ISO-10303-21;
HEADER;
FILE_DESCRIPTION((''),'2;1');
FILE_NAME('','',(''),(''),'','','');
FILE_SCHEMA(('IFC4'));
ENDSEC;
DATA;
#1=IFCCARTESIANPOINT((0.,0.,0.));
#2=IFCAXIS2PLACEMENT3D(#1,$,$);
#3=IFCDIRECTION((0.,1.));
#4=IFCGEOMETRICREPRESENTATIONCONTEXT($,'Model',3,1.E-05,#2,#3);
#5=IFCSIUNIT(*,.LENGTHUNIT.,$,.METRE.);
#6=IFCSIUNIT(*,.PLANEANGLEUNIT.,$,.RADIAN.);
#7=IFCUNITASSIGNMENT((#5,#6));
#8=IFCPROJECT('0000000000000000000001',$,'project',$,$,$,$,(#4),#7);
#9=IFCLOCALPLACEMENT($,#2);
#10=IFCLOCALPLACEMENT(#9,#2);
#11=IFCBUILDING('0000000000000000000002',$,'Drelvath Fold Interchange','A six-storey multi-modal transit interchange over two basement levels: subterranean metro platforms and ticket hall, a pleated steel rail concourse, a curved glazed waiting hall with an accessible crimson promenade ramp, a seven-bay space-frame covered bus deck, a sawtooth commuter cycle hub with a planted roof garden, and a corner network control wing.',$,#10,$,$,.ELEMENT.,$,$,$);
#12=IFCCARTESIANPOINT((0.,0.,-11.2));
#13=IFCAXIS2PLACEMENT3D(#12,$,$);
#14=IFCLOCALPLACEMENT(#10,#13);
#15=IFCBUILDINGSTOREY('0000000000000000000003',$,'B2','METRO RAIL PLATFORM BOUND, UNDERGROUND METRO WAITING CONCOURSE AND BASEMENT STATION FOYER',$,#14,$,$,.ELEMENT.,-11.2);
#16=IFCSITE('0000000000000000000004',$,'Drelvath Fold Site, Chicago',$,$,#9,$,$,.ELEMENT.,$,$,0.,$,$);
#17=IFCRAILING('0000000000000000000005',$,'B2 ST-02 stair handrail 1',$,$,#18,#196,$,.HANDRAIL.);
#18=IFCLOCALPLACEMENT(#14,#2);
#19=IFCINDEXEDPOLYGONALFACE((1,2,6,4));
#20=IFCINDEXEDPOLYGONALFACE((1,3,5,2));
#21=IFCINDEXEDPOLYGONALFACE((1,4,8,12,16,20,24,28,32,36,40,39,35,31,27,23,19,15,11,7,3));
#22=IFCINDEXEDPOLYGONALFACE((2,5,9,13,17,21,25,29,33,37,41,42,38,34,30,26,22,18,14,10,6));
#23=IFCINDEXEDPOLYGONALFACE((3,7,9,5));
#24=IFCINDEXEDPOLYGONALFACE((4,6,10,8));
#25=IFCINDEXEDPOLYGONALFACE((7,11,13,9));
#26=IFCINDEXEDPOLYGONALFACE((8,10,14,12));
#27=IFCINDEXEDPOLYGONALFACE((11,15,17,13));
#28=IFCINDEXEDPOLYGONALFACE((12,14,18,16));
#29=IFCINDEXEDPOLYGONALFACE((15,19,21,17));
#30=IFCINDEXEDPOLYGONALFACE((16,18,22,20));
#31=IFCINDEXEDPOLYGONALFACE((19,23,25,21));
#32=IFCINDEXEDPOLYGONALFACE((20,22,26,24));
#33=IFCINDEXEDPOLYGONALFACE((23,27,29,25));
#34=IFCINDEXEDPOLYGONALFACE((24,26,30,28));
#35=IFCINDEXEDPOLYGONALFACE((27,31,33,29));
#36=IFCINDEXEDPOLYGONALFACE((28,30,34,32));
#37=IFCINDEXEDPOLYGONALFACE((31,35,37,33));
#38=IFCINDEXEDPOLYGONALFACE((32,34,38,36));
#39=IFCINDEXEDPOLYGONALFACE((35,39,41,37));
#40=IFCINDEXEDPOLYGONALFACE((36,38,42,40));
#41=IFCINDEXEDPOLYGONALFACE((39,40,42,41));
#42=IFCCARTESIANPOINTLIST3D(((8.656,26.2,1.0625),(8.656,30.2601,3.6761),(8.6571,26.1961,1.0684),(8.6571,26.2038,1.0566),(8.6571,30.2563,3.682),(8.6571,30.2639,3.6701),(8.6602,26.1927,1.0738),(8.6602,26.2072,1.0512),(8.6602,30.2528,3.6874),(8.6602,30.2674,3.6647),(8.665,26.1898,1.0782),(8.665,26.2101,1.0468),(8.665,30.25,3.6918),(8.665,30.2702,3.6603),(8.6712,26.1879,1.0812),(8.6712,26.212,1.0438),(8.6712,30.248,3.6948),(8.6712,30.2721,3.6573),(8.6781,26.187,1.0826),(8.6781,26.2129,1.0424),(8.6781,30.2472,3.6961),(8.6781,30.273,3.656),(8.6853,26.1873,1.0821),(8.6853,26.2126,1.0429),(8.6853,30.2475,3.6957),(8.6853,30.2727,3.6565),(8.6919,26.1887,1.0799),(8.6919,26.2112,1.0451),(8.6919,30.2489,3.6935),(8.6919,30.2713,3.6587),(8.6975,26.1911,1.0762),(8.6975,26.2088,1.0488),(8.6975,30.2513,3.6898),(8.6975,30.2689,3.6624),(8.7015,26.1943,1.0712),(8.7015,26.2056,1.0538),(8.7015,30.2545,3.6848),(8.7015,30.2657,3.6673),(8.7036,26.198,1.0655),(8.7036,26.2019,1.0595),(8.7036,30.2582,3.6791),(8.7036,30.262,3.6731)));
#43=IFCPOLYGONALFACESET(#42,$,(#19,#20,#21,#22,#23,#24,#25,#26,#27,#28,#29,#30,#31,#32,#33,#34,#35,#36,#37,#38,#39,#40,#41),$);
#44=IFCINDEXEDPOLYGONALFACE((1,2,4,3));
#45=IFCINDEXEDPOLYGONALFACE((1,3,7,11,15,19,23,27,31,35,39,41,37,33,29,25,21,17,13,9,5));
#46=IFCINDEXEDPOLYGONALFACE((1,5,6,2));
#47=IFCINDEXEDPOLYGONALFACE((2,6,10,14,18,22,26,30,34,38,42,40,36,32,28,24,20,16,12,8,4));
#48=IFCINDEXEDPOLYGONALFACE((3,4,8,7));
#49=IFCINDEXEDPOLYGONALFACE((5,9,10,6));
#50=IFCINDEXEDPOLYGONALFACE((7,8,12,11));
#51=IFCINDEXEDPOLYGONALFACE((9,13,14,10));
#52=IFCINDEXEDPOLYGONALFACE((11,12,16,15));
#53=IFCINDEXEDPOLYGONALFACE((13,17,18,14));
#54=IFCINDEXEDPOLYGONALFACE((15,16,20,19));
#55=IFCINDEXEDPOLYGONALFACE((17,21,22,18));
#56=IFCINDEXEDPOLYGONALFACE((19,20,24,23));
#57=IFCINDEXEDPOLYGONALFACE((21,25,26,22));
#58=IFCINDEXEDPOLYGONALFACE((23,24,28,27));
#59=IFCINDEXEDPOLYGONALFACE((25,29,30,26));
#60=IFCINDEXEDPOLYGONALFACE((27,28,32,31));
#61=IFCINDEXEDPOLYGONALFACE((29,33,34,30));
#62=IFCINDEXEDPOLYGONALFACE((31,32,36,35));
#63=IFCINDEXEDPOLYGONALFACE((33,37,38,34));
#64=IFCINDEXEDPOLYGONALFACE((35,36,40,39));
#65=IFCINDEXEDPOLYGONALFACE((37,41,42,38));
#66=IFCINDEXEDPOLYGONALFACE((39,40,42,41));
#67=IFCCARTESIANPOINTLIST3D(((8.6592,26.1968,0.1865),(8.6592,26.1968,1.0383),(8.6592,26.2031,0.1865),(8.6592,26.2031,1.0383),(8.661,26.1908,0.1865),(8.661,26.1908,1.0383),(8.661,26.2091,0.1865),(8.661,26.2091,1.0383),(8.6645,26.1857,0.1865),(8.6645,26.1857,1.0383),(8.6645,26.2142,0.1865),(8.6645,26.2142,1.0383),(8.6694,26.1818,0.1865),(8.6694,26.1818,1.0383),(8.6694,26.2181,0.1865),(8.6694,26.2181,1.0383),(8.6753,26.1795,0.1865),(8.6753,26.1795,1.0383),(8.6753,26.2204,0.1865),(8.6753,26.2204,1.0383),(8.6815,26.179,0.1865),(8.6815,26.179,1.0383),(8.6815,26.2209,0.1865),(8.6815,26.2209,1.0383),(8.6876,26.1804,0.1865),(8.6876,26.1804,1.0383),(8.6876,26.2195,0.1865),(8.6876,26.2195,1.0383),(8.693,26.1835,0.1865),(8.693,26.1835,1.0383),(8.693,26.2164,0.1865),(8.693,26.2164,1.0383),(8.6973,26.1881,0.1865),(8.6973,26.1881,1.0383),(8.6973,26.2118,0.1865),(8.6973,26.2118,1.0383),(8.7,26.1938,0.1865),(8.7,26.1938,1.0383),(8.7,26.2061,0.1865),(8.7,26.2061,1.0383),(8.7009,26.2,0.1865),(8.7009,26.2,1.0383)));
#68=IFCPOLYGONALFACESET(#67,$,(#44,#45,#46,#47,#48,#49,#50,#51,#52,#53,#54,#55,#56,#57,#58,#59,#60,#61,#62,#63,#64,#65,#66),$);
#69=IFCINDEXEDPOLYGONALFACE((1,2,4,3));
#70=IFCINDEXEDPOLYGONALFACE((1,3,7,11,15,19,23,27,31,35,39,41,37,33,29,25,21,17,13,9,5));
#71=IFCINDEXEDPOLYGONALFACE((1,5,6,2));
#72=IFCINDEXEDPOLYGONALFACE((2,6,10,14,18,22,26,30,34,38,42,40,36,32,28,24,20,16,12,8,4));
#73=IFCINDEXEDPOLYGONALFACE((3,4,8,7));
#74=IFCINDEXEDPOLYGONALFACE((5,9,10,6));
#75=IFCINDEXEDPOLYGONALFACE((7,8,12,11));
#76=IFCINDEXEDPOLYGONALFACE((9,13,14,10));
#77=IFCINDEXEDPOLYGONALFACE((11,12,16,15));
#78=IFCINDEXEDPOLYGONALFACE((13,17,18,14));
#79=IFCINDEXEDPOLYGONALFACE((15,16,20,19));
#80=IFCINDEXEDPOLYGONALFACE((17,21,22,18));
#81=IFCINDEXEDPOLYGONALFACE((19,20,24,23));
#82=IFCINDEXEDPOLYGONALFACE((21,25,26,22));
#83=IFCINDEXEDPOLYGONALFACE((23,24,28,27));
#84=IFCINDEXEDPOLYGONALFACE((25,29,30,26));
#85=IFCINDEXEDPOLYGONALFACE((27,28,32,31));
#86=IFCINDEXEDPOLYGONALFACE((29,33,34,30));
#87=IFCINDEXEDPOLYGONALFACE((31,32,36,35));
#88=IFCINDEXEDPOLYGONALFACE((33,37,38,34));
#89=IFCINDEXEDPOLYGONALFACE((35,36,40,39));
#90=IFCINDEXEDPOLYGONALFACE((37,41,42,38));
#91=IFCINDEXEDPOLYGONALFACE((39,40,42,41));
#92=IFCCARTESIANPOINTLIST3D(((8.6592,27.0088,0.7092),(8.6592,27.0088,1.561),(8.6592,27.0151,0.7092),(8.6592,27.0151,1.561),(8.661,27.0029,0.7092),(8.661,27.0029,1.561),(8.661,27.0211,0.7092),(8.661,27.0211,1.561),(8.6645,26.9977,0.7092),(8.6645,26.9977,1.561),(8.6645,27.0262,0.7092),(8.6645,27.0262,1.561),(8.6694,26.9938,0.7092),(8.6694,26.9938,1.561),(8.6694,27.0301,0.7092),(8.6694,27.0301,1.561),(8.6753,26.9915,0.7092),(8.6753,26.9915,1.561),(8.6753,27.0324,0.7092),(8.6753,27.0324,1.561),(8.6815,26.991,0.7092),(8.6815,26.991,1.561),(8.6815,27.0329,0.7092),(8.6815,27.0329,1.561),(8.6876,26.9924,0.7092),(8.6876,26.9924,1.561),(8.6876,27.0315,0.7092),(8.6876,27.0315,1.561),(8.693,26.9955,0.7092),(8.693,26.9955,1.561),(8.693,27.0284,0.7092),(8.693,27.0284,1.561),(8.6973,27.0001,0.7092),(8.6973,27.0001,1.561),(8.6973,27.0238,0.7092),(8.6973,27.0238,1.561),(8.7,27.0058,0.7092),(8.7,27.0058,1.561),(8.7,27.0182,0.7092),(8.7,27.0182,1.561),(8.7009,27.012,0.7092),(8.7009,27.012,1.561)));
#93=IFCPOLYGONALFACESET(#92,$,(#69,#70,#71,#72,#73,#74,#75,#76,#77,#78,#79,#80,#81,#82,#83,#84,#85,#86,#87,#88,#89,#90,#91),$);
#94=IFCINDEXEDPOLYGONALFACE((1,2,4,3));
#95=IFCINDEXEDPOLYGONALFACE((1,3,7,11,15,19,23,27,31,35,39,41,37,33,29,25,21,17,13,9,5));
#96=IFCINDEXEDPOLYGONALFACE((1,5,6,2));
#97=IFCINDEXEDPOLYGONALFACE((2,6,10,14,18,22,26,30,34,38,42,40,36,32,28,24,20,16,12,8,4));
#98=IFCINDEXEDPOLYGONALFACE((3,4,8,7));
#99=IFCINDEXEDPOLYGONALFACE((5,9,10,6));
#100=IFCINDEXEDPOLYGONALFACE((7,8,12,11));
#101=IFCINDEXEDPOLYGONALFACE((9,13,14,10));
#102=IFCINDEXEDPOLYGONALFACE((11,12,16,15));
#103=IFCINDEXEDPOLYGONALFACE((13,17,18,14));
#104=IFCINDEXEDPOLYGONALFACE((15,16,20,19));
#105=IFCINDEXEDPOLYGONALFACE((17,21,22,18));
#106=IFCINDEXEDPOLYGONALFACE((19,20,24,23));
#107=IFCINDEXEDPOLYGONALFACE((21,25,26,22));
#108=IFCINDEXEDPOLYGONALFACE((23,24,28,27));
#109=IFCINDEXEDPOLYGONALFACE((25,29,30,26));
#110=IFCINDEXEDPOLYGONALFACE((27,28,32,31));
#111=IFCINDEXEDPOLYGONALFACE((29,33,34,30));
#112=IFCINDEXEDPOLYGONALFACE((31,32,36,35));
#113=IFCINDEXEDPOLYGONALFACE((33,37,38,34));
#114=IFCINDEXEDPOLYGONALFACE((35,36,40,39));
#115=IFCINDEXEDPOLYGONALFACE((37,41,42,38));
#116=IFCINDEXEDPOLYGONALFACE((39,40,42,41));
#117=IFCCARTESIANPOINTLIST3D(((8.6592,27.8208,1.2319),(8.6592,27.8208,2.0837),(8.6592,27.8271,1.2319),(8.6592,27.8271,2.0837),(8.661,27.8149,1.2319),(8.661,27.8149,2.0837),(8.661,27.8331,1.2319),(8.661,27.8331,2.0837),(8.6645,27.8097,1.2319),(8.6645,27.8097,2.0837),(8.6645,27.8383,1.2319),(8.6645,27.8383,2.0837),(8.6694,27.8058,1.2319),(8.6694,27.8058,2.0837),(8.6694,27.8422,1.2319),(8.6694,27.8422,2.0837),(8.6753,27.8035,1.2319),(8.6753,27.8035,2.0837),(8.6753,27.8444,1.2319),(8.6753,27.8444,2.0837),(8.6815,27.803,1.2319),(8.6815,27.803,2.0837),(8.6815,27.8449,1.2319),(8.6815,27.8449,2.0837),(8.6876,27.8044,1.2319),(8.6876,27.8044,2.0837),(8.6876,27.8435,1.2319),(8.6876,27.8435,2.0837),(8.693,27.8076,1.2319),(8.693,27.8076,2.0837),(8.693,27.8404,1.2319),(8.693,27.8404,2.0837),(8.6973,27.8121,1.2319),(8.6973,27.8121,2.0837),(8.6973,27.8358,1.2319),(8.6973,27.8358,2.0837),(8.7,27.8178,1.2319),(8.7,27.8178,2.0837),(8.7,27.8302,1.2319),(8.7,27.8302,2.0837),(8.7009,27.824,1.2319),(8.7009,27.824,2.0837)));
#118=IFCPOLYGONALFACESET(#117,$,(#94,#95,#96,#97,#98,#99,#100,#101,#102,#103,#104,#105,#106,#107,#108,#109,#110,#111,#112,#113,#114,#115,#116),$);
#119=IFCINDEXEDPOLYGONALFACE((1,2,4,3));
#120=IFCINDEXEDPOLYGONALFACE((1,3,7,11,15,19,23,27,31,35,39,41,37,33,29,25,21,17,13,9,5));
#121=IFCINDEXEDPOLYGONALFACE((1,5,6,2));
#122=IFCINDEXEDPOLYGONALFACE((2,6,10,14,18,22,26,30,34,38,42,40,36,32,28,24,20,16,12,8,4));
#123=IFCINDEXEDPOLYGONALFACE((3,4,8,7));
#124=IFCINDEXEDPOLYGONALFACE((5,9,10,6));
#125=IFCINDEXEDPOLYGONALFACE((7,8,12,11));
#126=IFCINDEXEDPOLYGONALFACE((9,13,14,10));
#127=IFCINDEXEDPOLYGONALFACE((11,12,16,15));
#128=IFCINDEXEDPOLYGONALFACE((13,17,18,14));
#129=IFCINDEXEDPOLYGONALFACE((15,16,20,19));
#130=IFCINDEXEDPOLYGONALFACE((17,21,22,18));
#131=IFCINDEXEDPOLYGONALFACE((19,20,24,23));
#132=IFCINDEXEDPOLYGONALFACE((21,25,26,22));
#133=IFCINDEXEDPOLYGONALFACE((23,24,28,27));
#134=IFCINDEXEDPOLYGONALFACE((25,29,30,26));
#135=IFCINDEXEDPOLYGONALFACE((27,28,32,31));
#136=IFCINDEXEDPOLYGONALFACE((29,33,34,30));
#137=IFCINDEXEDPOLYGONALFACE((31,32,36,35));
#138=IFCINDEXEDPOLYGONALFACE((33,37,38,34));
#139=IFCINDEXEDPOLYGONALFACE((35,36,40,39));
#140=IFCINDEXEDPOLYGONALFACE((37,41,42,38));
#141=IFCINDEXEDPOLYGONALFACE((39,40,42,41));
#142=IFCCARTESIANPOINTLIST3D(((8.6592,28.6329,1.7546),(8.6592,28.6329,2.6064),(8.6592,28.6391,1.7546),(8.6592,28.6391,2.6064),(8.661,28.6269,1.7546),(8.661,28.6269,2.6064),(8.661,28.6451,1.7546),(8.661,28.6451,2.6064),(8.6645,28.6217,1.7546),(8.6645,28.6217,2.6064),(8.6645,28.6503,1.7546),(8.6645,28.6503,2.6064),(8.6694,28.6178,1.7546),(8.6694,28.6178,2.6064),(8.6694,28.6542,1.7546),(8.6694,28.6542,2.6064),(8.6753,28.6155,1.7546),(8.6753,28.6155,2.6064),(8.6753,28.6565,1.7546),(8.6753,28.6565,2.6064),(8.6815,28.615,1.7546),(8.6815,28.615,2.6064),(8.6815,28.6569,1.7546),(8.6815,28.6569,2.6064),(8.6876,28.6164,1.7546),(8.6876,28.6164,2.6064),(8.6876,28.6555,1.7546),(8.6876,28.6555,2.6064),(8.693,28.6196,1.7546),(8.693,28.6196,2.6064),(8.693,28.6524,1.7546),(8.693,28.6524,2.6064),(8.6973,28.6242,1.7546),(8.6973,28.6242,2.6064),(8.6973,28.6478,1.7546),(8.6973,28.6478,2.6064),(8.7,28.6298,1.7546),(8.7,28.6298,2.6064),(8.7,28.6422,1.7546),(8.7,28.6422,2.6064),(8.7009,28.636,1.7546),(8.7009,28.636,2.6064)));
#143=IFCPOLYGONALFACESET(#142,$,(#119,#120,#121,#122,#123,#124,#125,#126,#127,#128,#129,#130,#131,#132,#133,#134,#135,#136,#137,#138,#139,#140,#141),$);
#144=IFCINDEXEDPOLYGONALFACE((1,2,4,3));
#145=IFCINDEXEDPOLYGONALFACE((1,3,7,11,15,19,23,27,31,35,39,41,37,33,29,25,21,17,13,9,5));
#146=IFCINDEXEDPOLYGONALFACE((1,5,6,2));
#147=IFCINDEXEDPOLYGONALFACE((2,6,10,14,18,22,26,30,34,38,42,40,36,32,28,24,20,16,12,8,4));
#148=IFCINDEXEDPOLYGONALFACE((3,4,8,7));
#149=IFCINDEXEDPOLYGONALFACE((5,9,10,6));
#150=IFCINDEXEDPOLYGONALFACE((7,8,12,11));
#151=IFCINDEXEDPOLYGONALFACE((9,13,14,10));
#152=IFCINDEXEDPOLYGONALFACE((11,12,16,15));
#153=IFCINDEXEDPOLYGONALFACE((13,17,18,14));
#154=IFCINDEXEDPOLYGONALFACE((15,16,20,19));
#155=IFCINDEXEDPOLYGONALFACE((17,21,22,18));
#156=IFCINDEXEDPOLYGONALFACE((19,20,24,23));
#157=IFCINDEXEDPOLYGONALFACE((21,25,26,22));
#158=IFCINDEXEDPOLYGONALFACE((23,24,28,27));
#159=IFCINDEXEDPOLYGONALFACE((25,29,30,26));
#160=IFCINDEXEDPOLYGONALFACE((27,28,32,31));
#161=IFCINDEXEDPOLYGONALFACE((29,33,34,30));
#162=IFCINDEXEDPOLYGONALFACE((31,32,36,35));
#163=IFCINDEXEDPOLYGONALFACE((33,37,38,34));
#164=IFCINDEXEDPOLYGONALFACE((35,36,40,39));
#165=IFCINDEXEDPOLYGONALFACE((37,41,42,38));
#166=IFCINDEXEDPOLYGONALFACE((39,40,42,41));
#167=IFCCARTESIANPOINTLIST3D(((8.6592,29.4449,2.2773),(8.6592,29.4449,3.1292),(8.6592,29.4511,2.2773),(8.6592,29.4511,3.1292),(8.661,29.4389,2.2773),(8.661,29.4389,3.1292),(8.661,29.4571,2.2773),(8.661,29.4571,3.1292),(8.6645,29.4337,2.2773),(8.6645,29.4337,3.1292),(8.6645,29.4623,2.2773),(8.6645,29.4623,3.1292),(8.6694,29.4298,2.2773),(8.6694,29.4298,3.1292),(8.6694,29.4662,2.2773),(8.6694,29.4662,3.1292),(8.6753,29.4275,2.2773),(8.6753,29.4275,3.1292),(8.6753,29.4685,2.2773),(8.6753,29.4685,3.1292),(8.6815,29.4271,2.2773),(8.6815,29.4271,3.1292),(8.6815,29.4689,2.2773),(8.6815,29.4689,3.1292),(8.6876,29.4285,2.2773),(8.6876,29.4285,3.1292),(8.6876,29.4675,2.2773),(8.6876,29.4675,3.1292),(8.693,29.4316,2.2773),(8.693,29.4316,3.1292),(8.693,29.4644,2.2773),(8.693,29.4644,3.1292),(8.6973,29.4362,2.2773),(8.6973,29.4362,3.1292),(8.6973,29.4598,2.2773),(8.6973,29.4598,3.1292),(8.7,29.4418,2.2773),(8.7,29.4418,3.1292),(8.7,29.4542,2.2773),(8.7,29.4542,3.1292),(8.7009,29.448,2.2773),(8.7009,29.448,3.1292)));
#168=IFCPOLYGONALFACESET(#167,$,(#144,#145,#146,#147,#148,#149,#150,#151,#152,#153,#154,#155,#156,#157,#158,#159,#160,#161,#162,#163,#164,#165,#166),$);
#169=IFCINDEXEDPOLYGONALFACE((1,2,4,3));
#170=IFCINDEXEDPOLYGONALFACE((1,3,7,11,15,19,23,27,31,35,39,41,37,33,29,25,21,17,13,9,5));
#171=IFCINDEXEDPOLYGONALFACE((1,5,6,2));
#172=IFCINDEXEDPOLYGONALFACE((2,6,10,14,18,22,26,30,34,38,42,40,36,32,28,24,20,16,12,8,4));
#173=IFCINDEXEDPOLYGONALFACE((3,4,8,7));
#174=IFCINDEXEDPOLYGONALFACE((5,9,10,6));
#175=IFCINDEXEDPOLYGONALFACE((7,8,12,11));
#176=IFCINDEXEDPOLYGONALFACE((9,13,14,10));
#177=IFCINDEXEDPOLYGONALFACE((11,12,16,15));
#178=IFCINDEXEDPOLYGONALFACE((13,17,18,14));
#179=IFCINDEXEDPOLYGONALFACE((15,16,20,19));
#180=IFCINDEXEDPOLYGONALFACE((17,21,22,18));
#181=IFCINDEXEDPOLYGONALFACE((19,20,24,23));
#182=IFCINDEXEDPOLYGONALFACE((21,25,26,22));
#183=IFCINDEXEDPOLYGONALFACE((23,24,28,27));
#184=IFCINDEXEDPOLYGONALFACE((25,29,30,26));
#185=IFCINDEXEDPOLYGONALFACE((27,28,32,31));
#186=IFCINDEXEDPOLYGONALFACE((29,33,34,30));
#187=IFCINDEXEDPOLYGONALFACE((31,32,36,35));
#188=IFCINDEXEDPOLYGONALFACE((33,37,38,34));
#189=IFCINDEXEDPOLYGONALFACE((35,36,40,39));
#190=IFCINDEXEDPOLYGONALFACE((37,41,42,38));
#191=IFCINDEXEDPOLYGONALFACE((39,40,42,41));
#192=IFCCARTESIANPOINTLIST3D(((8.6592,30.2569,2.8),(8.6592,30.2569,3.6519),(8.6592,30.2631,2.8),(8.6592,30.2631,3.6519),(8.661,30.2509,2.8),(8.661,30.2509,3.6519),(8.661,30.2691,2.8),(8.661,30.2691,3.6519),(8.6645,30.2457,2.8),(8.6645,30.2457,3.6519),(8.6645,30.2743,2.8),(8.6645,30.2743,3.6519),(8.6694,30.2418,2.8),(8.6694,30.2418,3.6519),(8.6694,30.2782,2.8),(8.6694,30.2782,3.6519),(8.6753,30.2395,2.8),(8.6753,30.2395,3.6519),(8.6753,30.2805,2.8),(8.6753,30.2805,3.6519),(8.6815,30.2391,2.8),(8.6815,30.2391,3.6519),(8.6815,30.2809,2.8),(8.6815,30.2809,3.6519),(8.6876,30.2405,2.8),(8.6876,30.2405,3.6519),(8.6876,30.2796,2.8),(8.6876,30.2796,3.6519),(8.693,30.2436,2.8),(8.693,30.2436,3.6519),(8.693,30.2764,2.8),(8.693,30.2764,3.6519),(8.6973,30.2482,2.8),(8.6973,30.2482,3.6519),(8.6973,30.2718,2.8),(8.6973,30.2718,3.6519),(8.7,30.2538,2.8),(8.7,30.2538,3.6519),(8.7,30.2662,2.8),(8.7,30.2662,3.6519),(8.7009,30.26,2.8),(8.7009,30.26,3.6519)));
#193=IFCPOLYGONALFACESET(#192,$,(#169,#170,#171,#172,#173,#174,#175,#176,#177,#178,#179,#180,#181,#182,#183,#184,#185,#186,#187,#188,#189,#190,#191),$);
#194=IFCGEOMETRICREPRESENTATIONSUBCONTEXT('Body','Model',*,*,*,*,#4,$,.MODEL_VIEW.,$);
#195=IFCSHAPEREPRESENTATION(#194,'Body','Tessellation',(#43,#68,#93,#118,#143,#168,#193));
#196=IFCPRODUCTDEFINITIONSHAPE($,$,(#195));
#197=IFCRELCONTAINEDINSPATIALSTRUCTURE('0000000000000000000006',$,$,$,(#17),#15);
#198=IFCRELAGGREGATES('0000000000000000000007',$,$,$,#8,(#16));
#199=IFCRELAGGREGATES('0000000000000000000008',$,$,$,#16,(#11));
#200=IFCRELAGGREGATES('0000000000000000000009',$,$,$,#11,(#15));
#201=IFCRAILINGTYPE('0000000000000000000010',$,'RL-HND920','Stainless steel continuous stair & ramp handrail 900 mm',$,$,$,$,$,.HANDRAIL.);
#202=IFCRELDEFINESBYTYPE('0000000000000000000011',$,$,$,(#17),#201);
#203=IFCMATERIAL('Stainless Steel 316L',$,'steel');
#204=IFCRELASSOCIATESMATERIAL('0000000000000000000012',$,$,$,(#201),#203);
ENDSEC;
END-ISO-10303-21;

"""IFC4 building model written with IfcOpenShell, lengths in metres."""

from ifc_helpers import new_model, si_unit, direction, frame, origin, origin_2d, place, context, subcontext, project, spatial, circle, extrude, material, type_object, element, save


model = new_model("IFC4")

# Units and contexts
model_context = context("Model", 3, precision=1e-05, world=origin(), true_north=direction((0.0, 1.0)))
body_context = subcontext(model_context, "Body", "Model", "MODEL_VIEW")
ifc_project = project(units=[si_unit("LENGTHUNIT", "METRE"), si_unit("PLANEANGLEUNIT", "RADIAN")], contexts=[model_context])

# Site, building, storey
site_placement = place(None, origin())
site = spatial("IfcSite", under=ifc_project, at=site_placement, Name="Drelvath Fold Site, Chicago", CompositionType="ELEMENT", RefElevation=0.0)
building_placement = place(site_placement, origin())
building = spatial("IfcBuilding", under=site, at=building_placement, Name="Drelvath Fold Interchange", Description="A six-storey multi-modal transit interchange over two basement levels: subterranean metro platforms and ticket hall, a pleated steel rail concourse, a curved glazed waiting hall with an accessible crimson promenade ramp, a seven-bay space-frame covered bus deck, a sawtooth commuter cycle hub with a planted roof garden, and a corner network control wing.", CompositionType="ELEMENT")
storey_placement = place(building_placement, frame((0.0, 0.0, -11.2)))
storey = spatial("IfcBuildingStorey", under=building, at=storey_placement, Name="B2", Description="METRO RAIL PLATFORM BOUND, UNDERGROUND METRO WAITING CONCOURSE AND BASEMENT STATION FOYER", CompositionType="ELEMENT", Elevation=-11.2)

# Railing
ifc_material_1 = material(Name="Stainless Steel 316L", Category="steel")
railing_type_1 = type_object("IfcRailingType", Name="RL-HND920", Description="Stainless steel continuous stair & ramp handrail 900 mm", PredefinedType="HANDRAIL", material=ifc_material_1)
railing_1_placement = place(storey_placement, frame((8.6799, 26.2, 0.1865)))
element("IfcRailing", 1, at=railing_1_placement, inside=storey, type_object=railing_type_1, Name="B2 ST-02 stair handrail 1", PredefinedType="HANDRAIL", context=body_context, shape_type="SweptSolid", body=[
    extrude(circle(Radius=0.0239, at=origin_2d()), frame((0.0, 0.0, 0.876), z_axis=(0.0, 0.84085, 0.541269), x_axis=(-1.0, 0.0, 0.0)), (0.0, 0.0, 1.0), 4.8286),
    extrude(circle(Radius=0.021, at=origin_2d()), origin(), (0.0, 0.0, 1.0), 0.8518),
    extrude(circle(Radius=0.021, at=origin_2d()), frame((0.0, 0.812, 0.5227)), (0.0, 0.0, 1.0), 0.8518),
    extrude(circle(Radius=0.021, at=origin_2d()), frame((0.0, 1.624, 1.0454)), (0.0, 0.0, 1.0), 0.8518),
    extrude(circle(Radius=0.021, at=origin_2d()), frame((0.0, 2.436, 1.5681)), (0.0, 0.0, 1.0), 0.8518),
    extrude(circle(Radius=0.021, at=origin_2d()), frame((0.0, 3.248, 2.0908)), (0.0, 0.0, 1.0), 0.8518),
    extrude(circle(Radius=0.021, at=origin_2d()), frame((0.0, 4.0601, 2.6135)), (0.0, 0.0, 1.0), 0.8518),
])

save(model, "model.ifc")
